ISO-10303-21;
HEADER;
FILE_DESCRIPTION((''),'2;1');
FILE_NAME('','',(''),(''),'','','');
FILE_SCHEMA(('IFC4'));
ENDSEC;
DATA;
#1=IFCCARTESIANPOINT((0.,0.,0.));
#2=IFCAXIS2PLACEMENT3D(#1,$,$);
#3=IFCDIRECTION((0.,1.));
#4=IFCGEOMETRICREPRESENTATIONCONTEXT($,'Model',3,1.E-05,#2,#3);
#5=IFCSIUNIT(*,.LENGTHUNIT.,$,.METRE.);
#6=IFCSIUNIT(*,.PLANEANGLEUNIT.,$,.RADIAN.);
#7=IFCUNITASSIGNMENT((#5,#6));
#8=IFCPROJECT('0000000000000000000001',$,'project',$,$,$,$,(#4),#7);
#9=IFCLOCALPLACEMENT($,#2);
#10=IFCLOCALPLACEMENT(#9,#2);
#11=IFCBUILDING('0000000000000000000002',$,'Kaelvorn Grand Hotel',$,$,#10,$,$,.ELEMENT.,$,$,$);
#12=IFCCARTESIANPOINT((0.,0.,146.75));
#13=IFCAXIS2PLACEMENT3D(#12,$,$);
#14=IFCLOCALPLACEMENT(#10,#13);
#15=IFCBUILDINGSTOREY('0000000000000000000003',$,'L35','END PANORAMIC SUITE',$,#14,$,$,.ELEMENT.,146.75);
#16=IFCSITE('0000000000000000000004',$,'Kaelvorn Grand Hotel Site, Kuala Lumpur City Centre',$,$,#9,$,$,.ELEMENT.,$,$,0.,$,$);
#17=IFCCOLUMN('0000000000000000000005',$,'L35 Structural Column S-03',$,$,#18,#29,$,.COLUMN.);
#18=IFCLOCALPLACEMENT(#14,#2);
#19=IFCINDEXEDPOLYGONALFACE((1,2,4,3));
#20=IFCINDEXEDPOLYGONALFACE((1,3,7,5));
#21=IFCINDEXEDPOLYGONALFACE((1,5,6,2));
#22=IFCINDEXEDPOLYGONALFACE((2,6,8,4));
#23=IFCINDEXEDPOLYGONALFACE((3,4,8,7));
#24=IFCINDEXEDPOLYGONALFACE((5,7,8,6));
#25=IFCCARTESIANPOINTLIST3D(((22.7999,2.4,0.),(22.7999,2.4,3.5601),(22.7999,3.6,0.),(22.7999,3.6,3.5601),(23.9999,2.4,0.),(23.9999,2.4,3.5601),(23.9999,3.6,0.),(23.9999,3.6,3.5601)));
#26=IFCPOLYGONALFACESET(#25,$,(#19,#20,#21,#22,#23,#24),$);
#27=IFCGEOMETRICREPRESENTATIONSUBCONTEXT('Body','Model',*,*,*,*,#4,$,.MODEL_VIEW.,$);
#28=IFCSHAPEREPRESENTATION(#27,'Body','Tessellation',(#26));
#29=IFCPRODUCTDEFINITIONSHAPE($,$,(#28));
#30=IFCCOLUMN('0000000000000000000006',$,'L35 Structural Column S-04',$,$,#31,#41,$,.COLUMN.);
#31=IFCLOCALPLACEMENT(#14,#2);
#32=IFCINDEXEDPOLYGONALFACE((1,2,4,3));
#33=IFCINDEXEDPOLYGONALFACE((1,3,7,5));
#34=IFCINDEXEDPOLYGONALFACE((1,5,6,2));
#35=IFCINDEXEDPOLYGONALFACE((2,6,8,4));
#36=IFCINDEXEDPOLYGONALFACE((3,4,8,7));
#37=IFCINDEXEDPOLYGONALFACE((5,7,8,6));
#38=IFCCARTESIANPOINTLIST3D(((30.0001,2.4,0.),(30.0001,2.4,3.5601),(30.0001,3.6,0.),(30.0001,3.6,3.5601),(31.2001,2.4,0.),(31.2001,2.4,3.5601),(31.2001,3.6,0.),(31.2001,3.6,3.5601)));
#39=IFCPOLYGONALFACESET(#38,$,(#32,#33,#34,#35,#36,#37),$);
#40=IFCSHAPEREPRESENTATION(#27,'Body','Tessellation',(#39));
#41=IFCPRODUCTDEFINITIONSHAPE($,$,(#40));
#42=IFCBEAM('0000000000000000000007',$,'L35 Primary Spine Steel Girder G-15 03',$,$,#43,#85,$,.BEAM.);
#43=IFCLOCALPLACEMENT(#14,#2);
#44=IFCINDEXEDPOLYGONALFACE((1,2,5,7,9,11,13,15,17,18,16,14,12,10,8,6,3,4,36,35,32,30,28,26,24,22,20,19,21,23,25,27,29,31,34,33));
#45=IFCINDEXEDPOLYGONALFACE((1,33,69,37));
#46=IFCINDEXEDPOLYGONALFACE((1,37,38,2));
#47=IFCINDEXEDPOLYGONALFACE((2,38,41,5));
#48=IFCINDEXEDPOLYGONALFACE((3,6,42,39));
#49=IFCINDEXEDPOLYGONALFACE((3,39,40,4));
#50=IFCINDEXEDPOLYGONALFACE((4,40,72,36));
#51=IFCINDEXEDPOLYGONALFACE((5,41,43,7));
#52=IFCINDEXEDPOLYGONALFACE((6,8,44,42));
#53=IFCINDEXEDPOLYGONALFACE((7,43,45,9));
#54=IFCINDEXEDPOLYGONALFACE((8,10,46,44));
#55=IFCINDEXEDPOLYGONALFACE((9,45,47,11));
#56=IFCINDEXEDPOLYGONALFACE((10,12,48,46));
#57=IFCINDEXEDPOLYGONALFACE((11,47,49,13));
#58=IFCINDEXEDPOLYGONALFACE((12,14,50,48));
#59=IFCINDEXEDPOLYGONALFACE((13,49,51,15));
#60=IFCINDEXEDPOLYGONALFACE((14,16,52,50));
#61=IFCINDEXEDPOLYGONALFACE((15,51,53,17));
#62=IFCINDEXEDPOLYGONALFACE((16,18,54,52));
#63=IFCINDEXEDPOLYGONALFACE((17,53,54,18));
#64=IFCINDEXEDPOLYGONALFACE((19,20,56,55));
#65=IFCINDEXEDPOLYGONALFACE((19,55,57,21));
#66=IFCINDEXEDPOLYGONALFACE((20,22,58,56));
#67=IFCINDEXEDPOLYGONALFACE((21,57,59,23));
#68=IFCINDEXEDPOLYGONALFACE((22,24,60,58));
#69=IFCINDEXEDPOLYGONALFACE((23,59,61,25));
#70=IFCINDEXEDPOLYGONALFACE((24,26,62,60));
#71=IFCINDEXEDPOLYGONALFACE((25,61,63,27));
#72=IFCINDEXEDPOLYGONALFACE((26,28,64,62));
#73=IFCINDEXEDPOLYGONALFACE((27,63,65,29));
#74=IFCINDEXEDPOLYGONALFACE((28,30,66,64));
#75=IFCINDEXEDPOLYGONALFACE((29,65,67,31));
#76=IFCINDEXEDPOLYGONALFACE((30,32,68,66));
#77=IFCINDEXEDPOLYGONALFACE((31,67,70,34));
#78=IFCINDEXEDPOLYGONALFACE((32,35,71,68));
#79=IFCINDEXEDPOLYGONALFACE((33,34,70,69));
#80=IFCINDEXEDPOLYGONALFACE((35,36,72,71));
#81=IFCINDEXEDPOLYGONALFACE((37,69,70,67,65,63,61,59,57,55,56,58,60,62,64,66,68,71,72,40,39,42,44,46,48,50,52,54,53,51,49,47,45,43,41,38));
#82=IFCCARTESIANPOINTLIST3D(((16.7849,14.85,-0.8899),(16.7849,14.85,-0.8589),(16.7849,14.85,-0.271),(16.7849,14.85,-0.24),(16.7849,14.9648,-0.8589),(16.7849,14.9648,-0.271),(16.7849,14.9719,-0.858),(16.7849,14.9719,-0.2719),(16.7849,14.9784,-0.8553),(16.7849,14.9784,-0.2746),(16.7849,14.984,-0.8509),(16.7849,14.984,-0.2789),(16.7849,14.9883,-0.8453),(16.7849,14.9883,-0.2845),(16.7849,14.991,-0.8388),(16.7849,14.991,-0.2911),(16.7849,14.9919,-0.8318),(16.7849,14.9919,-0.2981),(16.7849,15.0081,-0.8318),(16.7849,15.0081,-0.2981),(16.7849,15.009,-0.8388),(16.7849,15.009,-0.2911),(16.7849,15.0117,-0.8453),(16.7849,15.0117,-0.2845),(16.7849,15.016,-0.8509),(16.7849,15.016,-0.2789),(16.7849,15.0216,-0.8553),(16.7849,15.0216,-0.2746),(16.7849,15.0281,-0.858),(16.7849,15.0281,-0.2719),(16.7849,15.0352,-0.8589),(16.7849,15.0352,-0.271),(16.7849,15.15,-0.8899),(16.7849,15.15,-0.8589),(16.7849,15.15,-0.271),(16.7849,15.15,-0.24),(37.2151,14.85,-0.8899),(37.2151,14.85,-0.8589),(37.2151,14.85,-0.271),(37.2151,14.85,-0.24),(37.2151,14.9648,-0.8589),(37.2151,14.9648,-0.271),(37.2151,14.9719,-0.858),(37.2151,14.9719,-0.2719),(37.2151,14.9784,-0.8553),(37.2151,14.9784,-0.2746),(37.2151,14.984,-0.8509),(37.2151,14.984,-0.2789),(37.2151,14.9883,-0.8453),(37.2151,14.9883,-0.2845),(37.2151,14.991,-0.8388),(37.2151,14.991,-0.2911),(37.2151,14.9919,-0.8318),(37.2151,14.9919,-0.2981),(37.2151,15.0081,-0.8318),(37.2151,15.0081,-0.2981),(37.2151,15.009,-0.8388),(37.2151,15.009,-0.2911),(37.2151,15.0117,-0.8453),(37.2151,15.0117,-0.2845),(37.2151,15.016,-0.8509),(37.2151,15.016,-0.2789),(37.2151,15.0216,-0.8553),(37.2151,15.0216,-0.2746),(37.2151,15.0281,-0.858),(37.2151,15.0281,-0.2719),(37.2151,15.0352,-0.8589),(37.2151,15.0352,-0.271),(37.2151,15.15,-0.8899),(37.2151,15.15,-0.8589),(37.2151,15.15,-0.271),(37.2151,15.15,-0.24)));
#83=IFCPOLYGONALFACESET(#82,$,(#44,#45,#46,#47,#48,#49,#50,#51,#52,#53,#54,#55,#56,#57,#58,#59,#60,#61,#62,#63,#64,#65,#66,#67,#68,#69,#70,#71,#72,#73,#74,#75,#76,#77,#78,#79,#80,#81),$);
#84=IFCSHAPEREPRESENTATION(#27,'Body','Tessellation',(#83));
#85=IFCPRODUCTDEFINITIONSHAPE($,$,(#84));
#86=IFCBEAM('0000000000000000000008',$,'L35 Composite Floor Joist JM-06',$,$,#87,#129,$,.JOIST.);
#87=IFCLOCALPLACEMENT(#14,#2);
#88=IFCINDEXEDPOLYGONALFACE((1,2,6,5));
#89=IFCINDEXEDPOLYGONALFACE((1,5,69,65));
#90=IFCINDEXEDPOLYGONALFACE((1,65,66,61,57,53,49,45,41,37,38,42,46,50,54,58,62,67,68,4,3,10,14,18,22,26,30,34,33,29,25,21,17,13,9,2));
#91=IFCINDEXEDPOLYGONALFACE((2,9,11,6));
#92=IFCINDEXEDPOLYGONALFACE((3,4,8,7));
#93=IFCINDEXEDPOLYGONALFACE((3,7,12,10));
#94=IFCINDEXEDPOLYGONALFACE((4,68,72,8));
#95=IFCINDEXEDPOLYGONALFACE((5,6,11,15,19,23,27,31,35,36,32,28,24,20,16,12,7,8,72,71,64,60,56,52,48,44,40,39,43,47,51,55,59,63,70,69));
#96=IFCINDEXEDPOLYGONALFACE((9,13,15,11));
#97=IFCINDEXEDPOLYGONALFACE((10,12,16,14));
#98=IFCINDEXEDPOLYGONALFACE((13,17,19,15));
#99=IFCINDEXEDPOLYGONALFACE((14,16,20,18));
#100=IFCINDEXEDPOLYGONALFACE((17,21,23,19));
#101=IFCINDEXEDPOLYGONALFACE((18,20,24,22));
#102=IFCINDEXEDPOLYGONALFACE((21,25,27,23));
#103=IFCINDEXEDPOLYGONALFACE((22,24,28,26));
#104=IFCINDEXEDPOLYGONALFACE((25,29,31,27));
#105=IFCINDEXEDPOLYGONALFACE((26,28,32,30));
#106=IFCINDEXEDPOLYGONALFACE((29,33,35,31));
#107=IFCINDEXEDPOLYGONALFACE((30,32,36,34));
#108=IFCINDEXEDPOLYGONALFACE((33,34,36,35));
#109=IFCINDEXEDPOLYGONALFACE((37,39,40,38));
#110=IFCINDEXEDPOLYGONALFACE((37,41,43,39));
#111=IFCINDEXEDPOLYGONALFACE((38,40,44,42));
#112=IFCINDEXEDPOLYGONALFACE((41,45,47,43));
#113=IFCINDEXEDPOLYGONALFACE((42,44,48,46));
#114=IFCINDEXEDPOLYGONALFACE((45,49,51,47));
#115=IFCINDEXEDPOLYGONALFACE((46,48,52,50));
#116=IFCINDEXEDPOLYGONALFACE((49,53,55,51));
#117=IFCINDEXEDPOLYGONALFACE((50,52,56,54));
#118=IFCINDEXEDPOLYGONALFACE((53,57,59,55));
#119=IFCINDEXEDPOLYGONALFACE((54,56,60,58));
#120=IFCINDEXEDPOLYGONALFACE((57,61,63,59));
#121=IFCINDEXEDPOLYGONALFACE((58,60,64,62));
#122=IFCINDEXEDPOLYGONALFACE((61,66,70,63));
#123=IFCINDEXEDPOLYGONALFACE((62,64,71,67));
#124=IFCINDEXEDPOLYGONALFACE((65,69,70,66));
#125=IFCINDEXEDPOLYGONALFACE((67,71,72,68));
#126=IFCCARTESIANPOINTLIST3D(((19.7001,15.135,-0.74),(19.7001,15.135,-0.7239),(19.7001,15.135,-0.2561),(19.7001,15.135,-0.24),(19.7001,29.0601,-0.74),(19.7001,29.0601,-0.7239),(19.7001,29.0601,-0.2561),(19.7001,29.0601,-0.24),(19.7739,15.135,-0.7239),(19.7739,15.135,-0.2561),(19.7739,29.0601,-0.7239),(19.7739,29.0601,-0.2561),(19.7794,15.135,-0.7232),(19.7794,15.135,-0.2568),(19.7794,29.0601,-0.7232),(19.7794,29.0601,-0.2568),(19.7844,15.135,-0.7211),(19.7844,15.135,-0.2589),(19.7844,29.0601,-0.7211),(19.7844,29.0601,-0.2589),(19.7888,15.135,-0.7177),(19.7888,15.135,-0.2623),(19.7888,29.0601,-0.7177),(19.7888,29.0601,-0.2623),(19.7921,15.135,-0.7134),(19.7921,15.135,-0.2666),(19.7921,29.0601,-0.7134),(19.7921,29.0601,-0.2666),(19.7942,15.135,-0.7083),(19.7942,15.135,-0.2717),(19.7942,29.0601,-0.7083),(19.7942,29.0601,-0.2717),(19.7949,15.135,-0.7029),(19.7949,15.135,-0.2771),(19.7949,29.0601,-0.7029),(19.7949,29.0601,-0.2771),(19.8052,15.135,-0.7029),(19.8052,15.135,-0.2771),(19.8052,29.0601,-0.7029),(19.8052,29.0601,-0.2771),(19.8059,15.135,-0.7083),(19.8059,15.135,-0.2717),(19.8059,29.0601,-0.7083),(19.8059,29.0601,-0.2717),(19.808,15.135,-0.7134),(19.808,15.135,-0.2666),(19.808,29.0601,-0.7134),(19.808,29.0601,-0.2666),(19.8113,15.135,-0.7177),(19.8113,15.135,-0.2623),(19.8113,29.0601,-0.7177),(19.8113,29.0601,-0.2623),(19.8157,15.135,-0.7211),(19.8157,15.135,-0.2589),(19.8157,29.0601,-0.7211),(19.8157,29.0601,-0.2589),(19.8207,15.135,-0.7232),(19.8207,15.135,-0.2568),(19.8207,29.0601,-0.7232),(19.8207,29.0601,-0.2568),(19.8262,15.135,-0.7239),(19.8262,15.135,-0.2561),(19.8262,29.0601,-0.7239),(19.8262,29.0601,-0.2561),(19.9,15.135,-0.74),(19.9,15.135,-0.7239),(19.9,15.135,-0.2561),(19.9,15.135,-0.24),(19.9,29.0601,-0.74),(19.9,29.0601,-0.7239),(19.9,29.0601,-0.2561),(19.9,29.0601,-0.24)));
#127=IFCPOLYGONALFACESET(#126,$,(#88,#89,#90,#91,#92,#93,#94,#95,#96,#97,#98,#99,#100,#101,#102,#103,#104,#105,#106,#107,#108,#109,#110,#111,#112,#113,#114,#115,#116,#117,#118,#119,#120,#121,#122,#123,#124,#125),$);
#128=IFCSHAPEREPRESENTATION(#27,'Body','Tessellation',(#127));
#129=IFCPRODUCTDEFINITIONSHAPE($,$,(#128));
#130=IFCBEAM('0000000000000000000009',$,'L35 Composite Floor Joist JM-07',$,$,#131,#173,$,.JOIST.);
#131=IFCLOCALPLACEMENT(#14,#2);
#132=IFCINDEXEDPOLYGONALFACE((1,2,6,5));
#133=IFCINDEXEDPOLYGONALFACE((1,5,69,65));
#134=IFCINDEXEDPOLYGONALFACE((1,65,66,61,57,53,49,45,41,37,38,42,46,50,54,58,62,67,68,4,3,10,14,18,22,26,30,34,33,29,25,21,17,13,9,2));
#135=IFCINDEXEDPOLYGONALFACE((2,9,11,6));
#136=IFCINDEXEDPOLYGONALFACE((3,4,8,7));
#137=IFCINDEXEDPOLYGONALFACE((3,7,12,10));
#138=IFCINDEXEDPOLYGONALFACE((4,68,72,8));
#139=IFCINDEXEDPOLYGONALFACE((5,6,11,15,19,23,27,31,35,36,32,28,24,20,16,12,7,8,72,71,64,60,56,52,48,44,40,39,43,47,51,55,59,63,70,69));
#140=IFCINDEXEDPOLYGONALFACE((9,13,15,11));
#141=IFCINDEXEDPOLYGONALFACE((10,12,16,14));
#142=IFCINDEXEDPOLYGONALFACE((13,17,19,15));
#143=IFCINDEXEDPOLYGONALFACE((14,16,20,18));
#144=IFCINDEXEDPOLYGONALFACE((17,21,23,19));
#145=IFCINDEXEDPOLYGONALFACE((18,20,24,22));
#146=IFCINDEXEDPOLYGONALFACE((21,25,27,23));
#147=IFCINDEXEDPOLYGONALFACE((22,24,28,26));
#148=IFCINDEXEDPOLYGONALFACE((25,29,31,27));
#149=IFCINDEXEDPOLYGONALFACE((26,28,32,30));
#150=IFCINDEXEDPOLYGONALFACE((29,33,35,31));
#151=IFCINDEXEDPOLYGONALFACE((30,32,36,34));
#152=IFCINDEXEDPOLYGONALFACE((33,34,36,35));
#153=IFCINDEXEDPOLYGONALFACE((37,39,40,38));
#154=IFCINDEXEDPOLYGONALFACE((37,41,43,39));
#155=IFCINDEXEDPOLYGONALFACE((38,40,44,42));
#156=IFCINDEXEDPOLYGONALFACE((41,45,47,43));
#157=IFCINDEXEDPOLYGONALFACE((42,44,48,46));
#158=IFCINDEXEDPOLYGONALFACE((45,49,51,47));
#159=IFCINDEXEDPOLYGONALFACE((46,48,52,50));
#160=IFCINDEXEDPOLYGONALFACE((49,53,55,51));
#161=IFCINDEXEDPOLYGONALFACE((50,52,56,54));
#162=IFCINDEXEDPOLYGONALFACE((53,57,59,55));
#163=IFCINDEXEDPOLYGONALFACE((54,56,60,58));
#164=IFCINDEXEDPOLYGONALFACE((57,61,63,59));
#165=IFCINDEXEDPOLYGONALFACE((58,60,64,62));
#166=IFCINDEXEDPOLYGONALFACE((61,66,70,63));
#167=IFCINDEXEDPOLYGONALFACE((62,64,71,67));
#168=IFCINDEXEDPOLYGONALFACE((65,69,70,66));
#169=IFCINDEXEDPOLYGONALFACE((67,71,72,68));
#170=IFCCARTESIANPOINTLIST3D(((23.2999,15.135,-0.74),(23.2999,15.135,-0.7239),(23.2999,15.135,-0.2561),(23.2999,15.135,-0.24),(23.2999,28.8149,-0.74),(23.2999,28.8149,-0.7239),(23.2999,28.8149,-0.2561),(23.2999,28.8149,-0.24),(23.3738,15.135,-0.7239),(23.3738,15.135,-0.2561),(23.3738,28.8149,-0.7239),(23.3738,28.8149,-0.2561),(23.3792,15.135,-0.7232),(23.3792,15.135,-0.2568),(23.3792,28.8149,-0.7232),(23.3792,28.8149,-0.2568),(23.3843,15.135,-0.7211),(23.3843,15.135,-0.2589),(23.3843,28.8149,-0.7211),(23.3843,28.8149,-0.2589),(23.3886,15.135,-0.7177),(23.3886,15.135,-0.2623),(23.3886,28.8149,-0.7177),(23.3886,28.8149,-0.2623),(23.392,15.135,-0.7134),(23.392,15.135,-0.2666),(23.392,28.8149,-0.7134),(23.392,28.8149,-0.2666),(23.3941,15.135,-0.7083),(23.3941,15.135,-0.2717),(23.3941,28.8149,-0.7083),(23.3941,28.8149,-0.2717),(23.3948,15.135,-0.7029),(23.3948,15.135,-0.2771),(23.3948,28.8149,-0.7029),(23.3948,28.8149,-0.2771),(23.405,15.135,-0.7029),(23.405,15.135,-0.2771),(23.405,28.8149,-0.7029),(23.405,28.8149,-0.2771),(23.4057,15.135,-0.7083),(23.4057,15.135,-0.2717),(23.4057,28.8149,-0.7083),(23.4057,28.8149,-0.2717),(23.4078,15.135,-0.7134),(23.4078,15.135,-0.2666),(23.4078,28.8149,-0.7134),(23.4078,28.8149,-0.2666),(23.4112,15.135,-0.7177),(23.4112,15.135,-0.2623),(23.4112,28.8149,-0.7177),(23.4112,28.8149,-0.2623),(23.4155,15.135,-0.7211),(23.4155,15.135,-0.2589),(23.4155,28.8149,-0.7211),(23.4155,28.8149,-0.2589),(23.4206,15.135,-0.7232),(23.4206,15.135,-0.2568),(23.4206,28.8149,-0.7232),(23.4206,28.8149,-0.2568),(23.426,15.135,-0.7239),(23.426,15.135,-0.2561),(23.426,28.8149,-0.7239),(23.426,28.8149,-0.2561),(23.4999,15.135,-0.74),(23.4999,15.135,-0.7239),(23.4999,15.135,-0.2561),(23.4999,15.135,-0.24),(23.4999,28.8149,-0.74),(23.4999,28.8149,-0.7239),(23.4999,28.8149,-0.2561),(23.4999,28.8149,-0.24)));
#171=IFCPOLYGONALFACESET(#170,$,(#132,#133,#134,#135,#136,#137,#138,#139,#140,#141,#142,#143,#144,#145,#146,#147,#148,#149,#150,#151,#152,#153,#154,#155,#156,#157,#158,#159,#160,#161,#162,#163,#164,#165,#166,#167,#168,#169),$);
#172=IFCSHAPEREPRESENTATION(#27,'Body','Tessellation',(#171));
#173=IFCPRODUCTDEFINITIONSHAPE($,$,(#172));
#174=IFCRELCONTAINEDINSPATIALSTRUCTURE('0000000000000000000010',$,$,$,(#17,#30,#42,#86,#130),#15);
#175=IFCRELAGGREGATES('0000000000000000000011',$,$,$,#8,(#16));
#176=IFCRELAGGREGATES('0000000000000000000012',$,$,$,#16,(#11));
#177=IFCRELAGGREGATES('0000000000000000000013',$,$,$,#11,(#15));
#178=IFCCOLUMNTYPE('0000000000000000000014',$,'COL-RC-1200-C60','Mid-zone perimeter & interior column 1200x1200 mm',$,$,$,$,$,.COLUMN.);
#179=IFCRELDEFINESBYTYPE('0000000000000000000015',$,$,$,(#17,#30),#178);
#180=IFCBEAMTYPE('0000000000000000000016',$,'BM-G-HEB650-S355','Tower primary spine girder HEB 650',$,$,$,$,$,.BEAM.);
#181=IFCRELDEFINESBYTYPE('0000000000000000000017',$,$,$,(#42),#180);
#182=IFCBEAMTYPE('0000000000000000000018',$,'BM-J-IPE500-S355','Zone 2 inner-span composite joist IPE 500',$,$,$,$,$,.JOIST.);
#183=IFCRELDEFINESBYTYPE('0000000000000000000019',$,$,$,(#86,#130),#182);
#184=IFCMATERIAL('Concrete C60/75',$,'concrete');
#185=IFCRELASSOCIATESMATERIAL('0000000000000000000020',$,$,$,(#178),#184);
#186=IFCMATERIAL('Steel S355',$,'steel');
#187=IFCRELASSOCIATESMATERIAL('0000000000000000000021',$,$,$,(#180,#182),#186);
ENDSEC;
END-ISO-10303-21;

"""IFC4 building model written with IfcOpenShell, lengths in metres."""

from ifc_helpers import new_model, si_unit, direction, frame, origin, origin_2d, place, context, subcontext, project, spatial, rectangle, i_section, extrude, material, material_profile, profile_set, type_object, element, save


model = new_model("IFC4")

# Units and contexts
model_context = context("Model", 3, precision=1e-05, world=origin(), true_north=direction((0.0, 1.0)))
body_context = subcontext(model_context, "Body", "Model", "MODEL_VIEW")
ifc_project = project(units=[si_unit("LENGTHUNIT", "METRE"), si_unit("PLANEANGLEUNIT", "RADIAN")], contexts=[model_context])

# Site, building, storey
site_placement = place(None, origin())
site = spatial("IfcSite", under=ifc_project, at=site_placement, Name="Kaelvorn Grand Hotel Site, Kuala Lumpur City Centre", CompositionType="ELEMENT", RefElevation=0.0)
building_placement = place(site_placement, origin())
building = spatial("IfcBuilding", under=site, at=building_placement, Name="Kaelvorn Grand Hotel", CompositionType="ELEMENT")
storey_placement = place(building_placement, frame((0.0, 0.0, 146.75)))
storey = spatial("IfcBuildingStorey", under=building, at=storey_placement, Name="L35", Description="END PANORAMIC SUITE", CompositionType="ELEMENT", Elevation=146.75)

# Columns
ifc_material_1 = material(Name="Concrete C60/75", Category="concrete")
ifc_material_profile_1 = material_profile(ifc_material_1, rectangle(XDim=1.2, YDim=1.2, at=origin_2d()), Name="RC COL 1200x1200")
ifc_profile_set_1 = profile_set([ifc_material_profile_1], Name="Concrete C60/75")
column_type = type_object("IfcColumnType", Name="COL-RC-1200-C60", Description="Mid-zone perimeter & interior column 1200x1200 mm", PredefinedType="COLUMN", material=ifc_profile_set_1)
for number, where, z_axis, x_axis, name in (
    (1, (23.3999, 3.0, 0.0), (0.0, 0.0, 1.0), (1.0, 0.0, 0.0), "L35 Structural Column S-03"),
    (2, (30.6001, 3.0, 0.0), (0.0, 0.0, 1.0), (1.0, 0.0, 0.0), "L35 Structural Column S-04"),
):
    element("IfcColumn", number, at=place(storey_placement, frame(where, z_axis=z_axis, x_axis=x_axis)), inside=storey, type_object=column_type, Name=name, PredefinedType="COLUMN", context=body_context, shape_type="SweptSolid", body=[
        extrude(rectangle(XDim=1.2, YDim=1.2, at=origin_2d()), origin(), (0.0, 0.0, 1.0), 3.5601),
    ])

# Beams
ifc_material_2 = material(Name="Steel S355", Category="steel")
ifc_material_profile_2 = material_profile(ifc_material_2, i_section(OverallWidth=0.3, OverallDepth=0.6499, WebThickness=0.0161, FlangeThickness=0.031, FilletRadius=0.0271, at=origin_2d()), Name="HEB 650")
ifc_profile_set_2 = profile_set([ifc_material_profile_2], Name="Steel S355")
beam_type_1 = type_object("IfcBeamType", Name="BM-G-HEB650-S355", Description="Tower primary spine girder HEB 650", PredefinedType="BEAM", material=ifc_profile_set_2)
beam_1_placement = place(storey_placement, frame((16.7849, 15.0, -0.5649), z_axis=(1.0, 0.0, 0.0), x_axis=(0.0, 1.0, 0.0)))
element("IfcBeam", 3, at=beam_1_placement, inside=storey, type_object=beam_type_1, Name="L35 Primary Spine Steel Girder G-15 03", PredefinedType="BEAM", context=body_context, shape_type="SweptSolid", body=[
    extrude(i_section(OverallWidth=0.3, OverallDepth=0.6499, WebThickness=0.0161, FlangeThickness=0.031, FilletRadius=0.0271, at=origin_2d()), origin(), (0.0, 0.0, 1.0), 20.4302),
])
ifc_material_profile_3 = material_profile(ifc_material_2, i_section(OverallWidth=0.2, OverallDepth=0.5, WebThickness=0.0103, FlangeThickness=0.0161, FilletRadius=0.021, at=origin_2d()), Name="IPE 500")
ifc_profile_set_3 = profile_set([ifc_material_profile_3], Name="Steel S355")
beam_type_2 = type_object("IfcBeamType", Name="BM-J-IPE500-S355", Description="Zone 2 inner-span composite joist IPE 500", PredefinedType="JOIST", material=ifc_profile_set_3)
beam_2_placement = place(storey_placement, frame((19.8, 15.135, -0.49), z_axis=(0.0, 1.0, 0.0), x_axis=(-1.0, 0.0, 0.0)))
element("IfcBeam", 4, at=beam_2_placement, inside=storey, type_object=beam_type_2, Name="L35 Composite Floor Joist JM-06", PredefinedType="JOIST", context=body_context, shape_type="SweptSolid", body=[
    extrude(i_section(OverallWidth=0.2, OverallDepth=0.5, WebThickness=0.0103, FlangeThickness=0.0161, FilletRadius=0.021, at=origin_2d()), origin(), (0.0, 0.0, 1.0), 13.925),
])
beam_3_placement = place(storey_placement, frame((23.3999, 15.135, -0.49), z_axis=(0.0, 1.0, 0.0), x_axis=(-1.0, 0.0, 0.0)))
element("IfcBeam", 5, at=beam_3_placement, inside=storey, type_object=beam_type_2, Name="L35 Composite Floor Joist JM-07", PredefinedType="JOIST", context=body_context, shape_type="SweptSolid", body=[
    extrude(i_section(OverallWidth=0.2, OverallDepth=0.5, WebThickness=0.0103, FlangeThickness=0.0161, FilletRadius=0.021, at=origin_2d()), origin(), (0.0, 0.0, 1.0), 13.6799),
])

save(model, "model.ifc")
